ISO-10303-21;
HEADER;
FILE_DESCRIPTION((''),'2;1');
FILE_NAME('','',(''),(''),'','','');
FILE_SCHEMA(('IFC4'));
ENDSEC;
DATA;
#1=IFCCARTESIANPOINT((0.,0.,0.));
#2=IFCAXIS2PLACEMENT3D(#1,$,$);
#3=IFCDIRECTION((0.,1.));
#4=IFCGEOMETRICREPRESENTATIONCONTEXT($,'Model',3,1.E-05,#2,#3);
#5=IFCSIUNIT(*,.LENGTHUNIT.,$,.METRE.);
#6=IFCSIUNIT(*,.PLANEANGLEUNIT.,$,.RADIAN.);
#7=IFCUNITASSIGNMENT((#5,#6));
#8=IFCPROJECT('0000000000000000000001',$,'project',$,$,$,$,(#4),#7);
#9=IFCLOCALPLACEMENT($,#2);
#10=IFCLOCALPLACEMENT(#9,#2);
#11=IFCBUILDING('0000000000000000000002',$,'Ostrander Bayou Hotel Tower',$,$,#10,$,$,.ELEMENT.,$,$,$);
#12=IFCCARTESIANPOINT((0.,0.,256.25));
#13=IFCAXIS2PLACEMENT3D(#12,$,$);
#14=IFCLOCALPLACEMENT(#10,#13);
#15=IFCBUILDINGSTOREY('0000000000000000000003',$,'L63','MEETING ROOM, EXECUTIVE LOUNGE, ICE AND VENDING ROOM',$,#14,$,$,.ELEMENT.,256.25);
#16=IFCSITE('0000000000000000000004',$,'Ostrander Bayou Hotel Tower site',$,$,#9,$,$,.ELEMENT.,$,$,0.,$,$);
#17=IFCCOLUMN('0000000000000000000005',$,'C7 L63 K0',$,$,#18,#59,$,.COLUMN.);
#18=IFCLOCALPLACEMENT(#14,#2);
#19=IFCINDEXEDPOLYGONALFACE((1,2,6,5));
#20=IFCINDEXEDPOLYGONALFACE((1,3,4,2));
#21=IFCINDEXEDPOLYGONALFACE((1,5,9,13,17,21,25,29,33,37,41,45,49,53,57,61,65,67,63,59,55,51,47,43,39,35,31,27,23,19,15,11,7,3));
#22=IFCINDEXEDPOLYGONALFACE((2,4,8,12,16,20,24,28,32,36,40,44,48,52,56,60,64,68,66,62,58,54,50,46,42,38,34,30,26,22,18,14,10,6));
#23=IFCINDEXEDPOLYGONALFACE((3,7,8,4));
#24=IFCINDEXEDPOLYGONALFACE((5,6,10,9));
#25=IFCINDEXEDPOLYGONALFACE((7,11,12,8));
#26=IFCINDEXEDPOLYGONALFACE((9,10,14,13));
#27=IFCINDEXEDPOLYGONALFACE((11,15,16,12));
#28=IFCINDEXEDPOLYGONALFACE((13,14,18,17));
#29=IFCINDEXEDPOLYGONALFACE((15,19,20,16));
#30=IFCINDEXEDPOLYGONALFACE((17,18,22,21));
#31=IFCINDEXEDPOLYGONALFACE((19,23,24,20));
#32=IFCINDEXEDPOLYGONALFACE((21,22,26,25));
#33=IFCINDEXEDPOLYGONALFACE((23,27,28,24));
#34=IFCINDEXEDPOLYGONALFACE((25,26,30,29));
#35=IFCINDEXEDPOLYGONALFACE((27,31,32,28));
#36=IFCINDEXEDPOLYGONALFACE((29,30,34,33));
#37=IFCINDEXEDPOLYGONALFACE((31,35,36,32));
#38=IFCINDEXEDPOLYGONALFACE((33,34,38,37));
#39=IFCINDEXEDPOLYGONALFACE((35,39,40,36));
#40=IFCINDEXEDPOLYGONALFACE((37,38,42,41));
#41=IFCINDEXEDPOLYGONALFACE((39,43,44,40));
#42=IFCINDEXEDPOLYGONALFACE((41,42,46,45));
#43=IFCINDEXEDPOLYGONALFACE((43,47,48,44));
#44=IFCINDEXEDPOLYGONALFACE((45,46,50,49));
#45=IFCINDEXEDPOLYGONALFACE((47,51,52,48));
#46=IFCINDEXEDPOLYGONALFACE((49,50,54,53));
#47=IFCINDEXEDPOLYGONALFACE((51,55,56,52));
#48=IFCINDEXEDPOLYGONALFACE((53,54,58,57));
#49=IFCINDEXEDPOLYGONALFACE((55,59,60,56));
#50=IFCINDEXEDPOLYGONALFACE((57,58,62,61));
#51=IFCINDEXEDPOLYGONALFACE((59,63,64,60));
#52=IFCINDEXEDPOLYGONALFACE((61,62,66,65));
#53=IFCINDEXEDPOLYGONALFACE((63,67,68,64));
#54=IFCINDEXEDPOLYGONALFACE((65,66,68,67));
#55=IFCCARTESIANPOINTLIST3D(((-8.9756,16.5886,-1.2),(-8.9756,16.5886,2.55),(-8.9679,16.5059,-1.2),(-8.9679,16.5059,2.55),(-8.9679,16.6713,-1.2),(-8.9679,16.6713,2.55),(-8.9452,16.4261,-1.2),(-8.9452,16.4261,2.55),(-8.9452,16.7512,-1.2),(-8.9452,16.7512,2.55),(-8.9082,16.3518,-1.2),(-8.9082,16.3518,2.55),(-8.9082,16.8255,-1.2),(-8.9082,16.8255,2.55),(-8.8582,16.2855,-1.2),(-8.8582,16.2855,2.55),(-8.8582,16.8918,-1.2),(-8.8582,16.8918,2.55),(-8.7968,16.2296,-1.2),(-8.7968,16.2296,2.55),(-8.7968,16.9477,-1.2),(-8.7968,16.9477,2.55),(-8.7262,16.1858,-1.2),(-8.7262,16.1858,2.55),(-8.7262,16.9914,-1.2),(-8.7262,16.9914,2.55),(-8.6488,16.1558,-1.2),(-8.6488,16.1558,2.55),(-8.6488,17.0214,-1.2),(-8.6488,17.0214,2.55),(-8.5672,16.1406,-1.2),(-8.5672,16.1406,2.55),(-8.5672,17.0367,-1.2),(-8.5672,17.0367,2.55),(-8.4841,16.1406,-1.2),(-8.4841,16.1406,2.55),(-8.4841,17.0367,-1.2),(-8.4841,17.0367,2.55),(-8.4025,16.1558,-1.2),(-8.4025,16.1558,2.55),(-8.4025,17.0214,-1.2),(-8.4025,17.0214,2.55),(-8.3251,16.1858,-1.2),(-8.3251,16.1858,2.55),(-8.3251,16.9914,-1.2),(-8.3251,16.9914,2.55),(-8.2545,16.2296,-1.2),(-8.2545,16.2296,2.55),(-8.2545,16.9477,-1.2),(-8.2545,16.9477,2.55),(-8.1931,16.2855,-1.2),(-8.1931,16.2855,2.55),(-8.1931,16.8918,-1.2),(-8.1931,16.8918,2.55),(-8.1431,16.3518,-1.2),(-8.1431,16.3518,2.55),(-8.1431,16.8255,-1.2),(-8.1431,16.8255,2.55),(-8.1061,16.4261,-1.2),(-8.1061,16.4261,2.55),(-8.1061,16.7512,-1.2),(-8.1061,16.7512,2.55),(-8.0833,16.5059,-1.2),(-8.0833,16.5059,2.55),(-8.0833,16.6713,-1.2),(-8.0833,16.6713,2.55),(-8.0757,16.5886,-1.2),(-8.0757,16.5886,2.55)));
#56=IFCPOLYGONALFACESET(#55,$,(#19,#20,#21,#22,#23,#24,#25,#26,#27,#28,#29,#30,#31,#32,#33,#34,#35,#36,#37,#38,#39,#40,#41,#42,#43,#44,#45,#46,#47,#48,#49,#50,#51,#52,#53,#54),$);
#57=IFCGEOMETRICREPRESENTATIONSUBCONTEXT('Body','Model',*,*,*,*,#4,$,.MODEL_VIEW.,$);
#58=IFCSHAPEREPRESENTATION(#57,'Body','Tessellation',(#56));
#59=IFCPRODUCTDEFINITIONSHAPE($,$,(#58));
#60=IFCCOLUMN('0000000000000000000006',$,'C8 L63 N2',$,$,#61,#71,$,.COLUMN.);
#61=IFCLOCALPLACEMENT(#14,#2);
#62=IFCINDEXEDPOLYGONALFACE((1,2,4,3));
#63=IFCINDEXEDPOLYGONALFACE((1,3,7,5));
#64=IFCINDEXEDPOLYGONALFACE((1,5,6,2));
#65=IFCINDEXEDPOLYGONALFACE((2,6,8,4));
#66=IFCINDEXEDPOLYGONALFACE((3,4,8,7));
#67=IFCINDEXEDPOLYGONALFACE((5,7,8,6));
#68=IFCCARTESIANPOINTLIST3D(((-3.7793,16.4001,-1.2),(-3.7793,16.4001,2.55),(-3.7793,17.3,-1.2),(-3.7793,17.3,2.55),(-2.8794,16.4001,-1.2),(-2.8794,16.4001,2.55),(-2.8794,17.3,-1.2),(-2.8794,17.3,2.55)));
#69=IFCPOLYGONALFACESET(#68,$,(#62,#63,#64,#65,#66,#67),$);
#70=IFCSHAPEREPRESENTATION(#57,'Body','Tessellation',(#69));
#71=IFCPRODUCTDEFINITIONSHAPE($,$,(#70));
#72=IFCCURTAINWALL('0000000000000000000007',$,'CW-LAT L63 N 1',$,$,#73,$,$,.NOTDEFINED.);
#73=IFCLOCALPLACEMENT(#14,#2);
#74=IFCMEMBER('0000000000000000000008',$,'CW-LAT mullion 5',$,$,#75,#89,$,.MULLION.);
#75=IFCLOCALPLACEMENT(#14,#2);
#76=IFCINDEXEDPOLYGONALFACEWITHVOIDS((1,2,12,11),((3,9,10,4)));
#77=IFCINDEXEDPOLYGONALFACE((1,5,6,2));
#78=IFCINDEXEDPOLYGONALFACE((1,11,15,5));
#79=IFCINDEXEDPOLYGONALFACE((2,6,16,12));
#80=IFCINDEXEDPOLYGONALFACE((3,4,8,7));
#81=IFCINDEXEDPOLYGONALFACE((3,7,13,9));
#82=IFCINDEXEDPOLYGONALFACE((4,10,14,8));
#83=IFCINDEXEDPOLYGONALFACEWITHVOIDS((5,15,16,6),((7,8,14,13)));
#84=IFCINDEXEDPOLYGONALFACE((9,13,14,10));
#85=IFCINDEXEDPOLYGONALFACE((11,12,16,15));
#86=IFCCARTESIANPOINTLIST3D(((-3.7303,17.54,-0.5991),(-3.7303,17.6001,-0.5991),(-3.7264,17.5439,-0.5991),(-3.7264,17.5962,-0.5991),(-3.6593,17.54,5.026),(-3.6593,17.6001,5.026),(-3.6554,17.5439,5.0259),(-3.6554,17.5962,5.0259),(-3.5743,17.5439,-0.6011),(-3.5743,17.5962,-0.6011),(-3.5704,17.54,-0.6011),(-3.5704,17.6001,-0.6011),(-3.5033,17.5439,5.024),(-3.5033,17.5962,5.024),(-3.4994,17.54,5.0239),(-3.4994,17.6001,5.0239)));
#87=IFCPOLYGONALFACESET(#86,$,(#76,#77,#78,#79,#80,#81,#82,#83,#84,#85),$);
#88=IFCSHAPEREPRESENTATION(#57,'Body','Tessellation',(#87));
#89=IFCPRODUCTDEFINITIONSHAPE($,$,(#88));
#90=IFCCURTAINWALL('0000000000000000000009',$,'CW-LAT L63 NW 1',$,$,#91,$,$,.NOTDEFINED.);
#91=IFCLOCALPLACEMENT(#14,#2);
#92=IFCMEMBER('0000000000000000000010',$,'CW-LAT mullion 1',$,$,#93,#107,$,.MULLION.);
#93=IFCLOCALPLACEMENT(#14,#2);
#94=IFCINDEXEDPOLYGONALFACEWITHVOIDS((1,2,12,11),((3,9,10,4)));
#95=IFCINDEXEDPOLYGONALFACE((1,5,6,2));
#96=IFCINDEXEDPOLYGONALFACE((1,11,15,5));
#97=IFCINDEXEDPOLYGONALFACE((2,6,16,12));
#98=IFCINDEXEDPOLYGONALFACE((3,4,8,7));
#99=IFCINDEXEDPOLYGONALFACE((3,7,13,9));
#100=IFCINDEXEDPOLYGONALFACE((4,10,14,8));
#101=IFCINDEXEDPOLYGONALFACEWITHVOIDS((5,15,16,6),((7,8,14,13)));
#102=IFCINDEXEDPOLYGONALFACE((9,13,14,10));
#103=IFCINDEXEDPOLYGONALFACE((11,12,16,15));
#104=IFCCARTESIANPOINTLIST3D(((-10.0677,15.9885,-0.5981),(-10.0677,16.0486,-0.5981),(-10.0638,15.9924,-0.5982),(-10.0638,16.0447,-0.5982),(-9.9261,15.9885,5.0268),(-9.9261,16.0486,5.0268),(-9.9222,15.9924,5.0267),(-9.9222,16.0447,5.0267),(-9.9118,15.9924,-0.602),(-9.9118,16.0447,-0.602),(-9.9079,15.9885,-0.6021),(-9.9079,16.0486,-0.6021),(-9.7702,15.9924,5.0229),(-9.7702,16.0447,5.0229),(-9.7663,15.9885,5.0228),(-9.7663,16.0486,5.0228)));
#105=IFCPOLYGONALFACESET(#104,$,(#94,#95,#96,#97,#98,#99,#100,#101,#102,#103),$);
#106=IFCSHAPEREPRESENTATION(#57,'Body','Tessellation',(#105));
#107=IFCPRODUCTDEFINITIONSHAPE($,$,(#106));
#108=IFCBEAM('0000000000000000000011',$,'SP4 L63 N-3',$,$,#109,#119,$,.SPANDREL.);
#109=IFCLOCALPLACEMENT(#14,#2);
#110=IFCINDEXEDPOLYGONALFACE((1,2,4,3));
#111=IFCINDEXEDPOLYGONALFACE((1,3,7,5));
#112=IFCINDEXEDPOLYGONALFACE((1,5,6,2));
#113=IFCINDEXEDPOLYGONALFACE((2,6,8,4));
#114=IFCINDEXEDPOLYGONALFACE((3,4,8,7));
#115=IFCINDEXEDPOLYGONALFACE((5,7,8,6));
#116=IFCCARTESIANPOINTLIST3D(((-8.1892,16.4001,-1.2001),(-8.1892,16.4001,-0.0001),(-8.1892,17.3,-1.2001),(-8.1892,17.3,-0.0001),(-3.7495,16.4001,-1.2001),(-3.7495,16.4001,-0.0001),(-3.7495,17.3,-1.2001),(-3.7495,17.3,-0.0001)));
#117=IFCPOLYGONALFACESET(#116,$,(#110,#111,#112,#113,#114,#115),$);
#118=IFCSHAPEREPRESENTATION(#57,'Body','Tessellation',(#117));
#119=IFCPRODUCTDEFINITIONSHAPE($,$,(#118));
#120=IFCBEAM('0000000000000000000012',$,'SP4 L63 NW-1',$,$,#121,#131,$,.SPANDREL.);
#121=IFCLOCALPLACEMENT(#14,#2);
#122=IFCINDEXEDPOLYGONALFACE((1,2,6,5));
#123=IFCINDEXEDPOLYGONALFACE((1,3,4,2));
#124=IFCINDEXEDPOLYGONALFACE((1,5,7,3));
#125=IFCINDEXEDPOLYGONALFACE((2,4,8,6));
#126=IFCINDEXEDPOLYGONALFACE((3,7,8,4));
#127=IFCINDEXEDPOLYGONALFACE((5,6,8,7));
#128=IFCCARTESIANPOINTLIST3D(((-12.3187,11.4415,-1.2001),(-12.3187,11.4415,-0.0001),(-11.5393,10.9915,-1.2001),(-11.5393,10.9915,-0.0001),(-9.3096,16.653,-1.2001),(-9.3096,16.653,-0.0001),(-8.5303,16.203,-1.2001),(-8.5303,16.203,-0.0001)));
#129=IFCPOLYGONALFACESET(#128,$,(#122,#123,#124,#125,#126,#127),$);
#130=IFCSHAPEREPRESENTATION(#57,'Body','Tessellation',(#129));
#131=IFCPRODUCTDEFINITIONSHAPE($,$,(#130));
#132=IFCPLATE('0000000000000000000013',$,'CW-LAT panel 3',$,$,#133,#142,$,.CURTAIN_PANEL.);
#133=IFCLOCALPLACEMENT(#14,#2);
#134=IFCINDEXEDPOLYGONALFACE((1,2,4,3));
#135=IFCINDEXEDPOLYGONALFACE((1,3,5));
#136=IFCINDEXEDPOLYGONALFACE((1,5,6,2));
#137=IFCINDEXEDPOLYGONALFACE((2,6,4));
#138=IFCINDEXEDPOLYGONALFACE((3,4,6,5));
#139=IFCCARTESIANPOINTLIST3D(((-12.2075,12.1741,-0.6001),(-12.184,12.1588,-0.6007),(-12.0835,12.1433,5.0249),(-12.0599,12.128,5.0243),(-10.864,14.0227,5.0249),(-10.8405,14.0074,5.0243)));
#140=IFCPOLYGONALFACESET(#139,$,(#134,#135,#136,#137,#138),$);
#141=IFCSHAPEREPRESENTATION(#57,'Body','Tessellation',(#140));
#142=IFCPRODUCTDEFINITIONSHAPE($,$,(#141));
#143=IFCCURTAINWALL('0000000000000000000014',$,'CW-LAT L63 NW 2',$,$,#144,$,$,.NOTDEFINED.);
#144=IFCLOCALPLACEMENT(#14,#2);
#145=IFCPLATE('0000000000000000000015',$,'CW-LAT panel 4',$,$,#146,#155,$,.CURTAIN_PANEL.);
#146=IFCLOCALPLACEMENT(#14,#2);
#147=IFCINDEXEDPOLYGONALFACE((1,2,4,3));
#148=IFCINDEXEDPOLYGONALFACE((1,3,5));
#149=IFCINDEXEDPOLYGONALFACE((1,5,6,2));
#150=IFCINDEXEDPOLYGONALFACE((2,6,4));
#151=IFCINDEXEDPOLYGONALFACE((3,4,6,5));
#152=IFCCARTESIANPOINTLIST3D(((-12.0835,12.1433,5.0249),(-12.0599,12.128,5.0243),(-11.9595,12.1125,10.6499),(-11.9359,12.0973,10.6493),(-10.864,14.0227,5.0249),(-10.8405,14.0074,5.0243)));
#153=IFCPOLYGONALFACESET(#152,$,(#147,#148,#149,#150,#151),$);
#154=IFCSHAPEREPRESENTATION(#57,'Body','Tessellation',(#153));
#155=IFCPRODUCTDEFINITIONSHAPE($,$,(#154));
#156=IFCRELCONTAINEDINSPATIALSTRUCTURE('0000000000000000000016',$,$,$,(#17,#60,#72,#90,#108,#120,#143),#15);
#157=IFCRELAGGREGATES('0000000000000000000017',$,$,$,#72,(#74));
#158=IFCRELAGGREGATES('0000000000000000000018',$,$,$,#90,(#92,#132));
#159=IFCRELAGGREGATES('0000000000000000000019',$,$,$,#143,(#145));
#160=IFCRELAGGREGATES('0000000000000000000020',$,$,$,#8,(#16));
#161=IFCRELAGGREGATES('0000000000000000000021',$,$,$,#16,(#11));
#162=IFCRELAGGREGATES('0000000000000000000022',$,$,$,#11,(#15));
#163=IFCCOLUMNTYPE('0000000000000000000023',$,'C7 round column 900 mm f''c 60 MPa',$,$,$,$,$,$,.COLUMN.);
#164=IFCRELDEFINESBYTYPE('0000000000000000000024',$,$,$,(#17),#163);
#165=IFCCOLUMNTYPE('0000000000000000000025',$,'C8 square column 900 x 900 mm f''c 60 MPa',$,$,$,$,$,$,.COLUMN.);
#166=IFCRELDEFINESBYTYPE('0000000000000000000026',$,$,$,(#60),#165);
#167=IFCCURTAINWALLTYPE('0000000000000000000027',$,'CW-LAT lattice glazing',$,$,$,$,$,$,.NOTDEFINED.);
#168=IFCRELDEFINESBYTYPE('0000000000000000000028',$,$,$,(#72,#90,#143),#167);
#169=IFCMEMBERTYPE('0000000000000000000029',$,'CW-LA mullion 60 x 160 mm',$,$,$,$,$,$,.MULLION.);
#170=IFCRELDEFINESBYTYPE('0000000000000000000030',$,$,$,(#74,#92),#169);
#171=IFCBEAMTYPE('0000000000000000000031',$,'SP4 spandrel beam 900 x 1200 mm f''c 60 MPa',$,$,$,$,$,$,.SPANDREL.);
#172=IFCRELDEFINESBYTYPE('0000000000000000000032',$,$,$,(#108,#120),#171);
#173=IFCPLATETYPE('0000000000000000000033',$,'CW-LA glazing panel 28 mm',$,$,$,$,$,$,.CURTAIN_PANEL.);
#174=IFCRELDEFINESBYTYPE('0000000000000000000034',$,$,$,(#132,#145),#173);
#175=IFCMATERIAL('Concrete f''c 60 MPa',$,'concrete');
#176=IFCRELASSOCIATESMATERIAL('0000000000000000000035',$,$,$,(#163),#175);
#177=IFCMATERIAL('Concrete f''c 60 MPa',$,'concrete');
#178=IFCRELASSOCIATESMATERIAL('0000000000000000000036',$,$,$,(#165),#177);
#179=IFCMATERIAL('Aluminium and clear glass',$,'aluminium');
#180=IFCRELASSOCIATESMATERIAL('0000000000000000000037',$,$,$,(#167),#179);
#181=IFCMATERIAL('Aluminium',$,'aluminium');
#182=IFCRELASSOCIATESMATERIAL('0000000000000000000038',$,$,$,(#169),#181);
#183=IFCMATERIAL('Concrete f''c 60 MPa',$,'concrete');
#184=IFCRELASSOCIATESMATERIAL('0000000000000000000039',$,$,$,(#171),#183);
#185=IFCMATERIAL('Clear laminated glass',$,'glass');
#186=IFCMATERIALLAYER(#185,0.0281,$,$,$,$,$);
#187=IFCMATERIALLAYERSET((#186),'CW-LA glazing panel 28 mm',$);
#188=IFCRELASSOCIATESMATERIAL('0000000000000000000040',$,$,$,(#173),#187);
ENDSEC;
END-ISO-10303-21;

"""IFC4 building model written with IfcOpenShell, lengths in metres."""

from ifc_helpers import new_model, si_unit, direction, frame, origin, origin_2d, place, context, subcontext, project, spatial, polyline, rectangle, hollow_rectangle, circle, outline, extrude, material, layer, layer_set, material_profile, profile_set, type_object, element, aggregate, save


model = new_model("IFC4")

# Units and contexts
model_context = context("Model", 3, precision=1e-05, world=origin(), true_north=direction((0.0, 1.0)))
body_context = subcontext(model_context, "Body", "Model", "MODEL_VIEW")
ifc_project = project(units=[si_unit("LENGTHUNIT", "METRE"), si_unit("PLANEANGLEUNIT", "RADIAN")], contexts=[model_context])

# Site, building, storey
site_placement = place(None, origin())
site = spatial("IfcSite", under=ifc_project, at=site_placement, Name="Ostrander Bayou Hotel Tower site", CompositionType="ELEMENT", RefElevation=0.0)
building_placement = place(site_placement, origin())
building = spatial("IfcBuilding", under=site, at=building_placement, Name="Ostrander Bayou Hotel Tower", CompositionType="ELEMENT")
storey_placement = place(building_placement, frame((0.0, 0.0, 256.25)))
storey = spatial("IfcBuildingStorey", under=building, at=storey_placement, Name="L63", Description="MEETING ROOM, EXECUTIVE LOUNGE, ICE AND VENDING ROOM", CompositionType="ELEMENT", Elevation=256.25)

# Columns
ifc_material_1 = material(Name="Concrete f'c 60 MPa", Category="concrete")
ifc_material_profile_1 = material_profile(ifc_material_1, circle(Radius=0.45, at=origin_2d()))
ifc_profile_set_1 = profile_set([ifc_material_profile_1], Name="Concrete f'c 60 MPa")
column_type_1 = type_object("IfcColumnType", Name="C7 round column 900 mm f'c 60 MPa", PredefinedType="COLUMN", material=ifc_profile_set_1)
column_1_placement = place(storey_placement, frame((-8.5256, 16.5886, -1.2), z_axis=(0.0, 0.0, 1.0), x_axis=(1.0, 0.0, 0.0)))
element("IfcColumn", 1, at=column_1_placement, inside=storey, type_object=column_type_1, Name="C7 L63 K0", PredefinedType="COLUMN", context=body_context, shape_type="SweptSolid", body=[
    extrude(circle(Radius=0.45, at=origin_2d()), origin(), (0.0, 0.0, 1.0), 3.75),
])
ifc_material_2 = material(Name="Concrete f'c 60 MPa", Category="concrete")
ifc_material_profile_2 = material_profile(ifc_material_2, rectangle(XDim=0.8999, YDim=0.8999, at=origin_2d()))
ifc_profile_set_2 = profile_set([ifc_material_profile_2], Name="Concrete f'c 60 MPa")
column_type_2 = type_object("IfcColumnType", Name="C8 square column 900 x 900 mm f'c 60 MPa", PredefinedType="COLUMN", material=ifc_profile_set_2)
column_2_placement = place(storey_placement, frame((-3.3293, 16.8501, -1.2), z_axis=(0.0, 0.0, 1.0), x_axis=(1.0, 0.0, 0.0)))
element("IfcColumn", 2, at=column_2_placement, inside=storey, type_object=column_type_2, Name="C8 L63 N2", PredefinedType="COLUMN", context=body_context, shape_type="SweptSolid", body=[
    extrude(rectangle(XDim=0.8999, YDim=0.8999, at=origin_2d()), origin(), (0.0, 0.0, 1.0), 3.75),
])

# Curtain walls, members
ifc_material_3 = material(Name="Aluminium and clear glass", Category="aluminium")
curtain_wall_type = type_object("IfcCurtainWallType", Name="CW-LAT lattice glazing", PredefinedType="NOTDEFINED", material=ifc_material_3)
curtain_wall_1_placement = place(storey_placement, origin())
curtain_wall_1 = element("IfcCurtainWall", 3, at=curtain_wall_1_placement, inside=storey, type_object=curtain_wall_type, Name="CW-LAT L63 N 1", PredefinedType="NOTDEFINED")
ifc_material_4 = material(Name="Aluminium", Category="aluminium")
ifc_material_profile_3 = material_profile(ifc_material_4, hollow_rectangle(XDim=0.0601, YDim=0.1599, WallThickness=0.0039, at=origin_2d()))
ifc_profile_set_3 = profile_set([ifc_material_profile_3], Name="Aluminium")
member_type = type_object("IfcMemberType", Name="CW-LA mullion 60 x 160 mm", PredefinedType="MULLION", material=ifc_profile_set_3)
member_1_placement = place(storey_placement, frame((-3.6504, 17.5701, -0.6001), z_axis=(0.012629, 0.0, 0.99992), x_axis=(0.0, 1.0, 0.0)))
member_1 = element("IfcMember", 4, at=member_1_placement, type_object=member_type, Name="CW-LAT mullion 5", PredefinedType="MULLION", context=body_context, shape_type="SweptSolid", body=[
    extrude(hollow_rectangle(XDim=0.0601, YDim=0.1599, WallThickness=0.0039, at=origin_2d()), origin(), (0.0, 0.0, 1.0), 5.6255),
])
aggregate(curtain_wall_1, [member_1])
curtain_wall_2_placement = place(storey_placement, origin())
curtain_wall_2 = element("IfcCurtainWall", 5, at=curtain_wall_2_placement, inside=storey, type_object=curtain_wall_type, Name="CW-LAT L63 NW 1", PredefinedType="NOTDEFINED")
member_2_placement = place(storey_placement, frame((-9.9878, 16.0186, -0.6001), z_axis=(0.025166, 0.0, 0.999683), x_axis=(0.0, 1.0, 0.0)))
member_2 = element("IfcMember", 6, at=member_2_placement, type_object=member_type, Name="CW-LAT mullion 1", PredefinedType="MULLION", context=body_context, shape_type="SweptSolid", body=[
    extrude(hollow_rectangle(XDim=0.0601, YDim=0.1599, WallThickness=0.0039, at=origin_2d()), origin(), (0.0, 0.0, 1.0), 5.6267),
])

# Beams
ifc_material_5 = material(Name="Concrete f'c 60 MPa", Category="concrete")
ifc_material_profile_4 = material_profile(ifc_material_5, rectangle(XDim=0.8999, YDim=1.2, at=origin_2d()))
ifc_profile_set_4 = profile_set([ifc_material_profile_4], Name="Concrete f'c 60 MPa")
beam_type = type_object("IfcBeamType", Name="SP4 spandrel beam 900 x 1200 mm f'c 60 MPa", PredefinedType="SPANDREL", material=ifc_profile_set_4)
beam_1_placement = place(storey_placement, frame((-3.7495, 16.8501, -0.6001), z_axis=(-1.0, 0.0, 0.0), x_axis=(0.0, -1.0, 0.0)))
element("IfcBeam", 7, at=beam_1_placement, inside=storey, type_object=beam_type, Name="SP4 L63 N-3", PredefinedType="SPANDREL", context=body_context, shape_type="SweptSolid", body=[
    extrude(rectangle(XDim=0.8999, YDim=1.2, at=origin_2d()), origin(), (0.0, 0.0, 1.0), 4.4397),
])
beam_2_placement = place(storey_placement, frame((-8.9199, 16.428, -0.6001), z_axis=(-0.500027, -0.86601, 0.0), x_axis=(0.86601, -0.500027, 0.0)))
element("IfcBeam", 8, at=beam_2_placement, inside=storey, type_object=beam_type, Name="SP4 L63 NW-1", PredefinedType="SPANDREL", context=body_context, shape_type="SweptSolid", body=[
    extrude(rectangle(XDim=0.8999, YDim=1.2, at=origin_2d()), origin(), (0.0, 0.0, 1.0), 6.0178),
])

# Plate
ifc_material_6 = material(Name="Clear laminated glass", Category="glass")
ifc_layer_1 = layer(ifc_material_6, 0.0281)
ifc_layer_set_1 = layer_set([ifc_layer_1], Name="CW-LA glazing panel 28 mm")
plate_type = type_object("IfcPlateType", Name="CW-LA glazing panel 28 mm", PredefinedType="CURTAIN_PANEL", material=ifc_layer_set_1)
plate_1_placement = place(storey_placement, frame((-10.864, 14.0227, 5.0249), z_axis=(-0.838683, 0.544196, 0.021468), x_axis=(-0.221281, -0.304477, -0.92646)))
plate_1 = element("IfcPlate", 9, at=plate_1_placement, type_object=plate_type, Name="CW-LAT panel 3", PredefinedType="CURTAIN_PANEL", context=body_context, shape_type="SweptSolid", body=[
    extrude(outline(polyline([(0.0, 0.0), (6.0715, 0.0), (0.8421, 2.0761), (0.0, 0.0)])), origin(), (0.0, 0.0, -1.0), 0.0281),
])
aggregate(curtain_wall_2, [member_2, plate_1])

# Curtain wall, plate
curtain_wall_3_placement = place(storey_placement, origin())
curtain_wall_3 = element("IfcCurtainWall", 10, at=curtain_wall_3_placement, inside=storey, type_object=curtain_wall_type, Name="CW-LAT L63 NW 2", PredefinedType="NOTDEFINED")
plate_2_placement = place(storey_placement, frame((-10.864, 14.0227, 5.0249), z_axis=(-0.838683, 0.544196, 0.021468), x_axis=(-0.181348, -0.316217, 0.931192)))
plate_2 = element("IfcPlate", 11, at=plate_2_placement, type_object=plate_type, Name="CW-LAT panel 4", PredefinedType="CURTAIN_PANEL", context=body_context, shape_type="SweptSolid", body=[
    extrude(outline(polyline([(0.0, 0.0), (6.0406, 0.0), (0.8154, -2.0867), (0.0, 0.0)])), origin(), (0.0, 0.0, -1.0), 0.0281),
])
aggregate(curtain_wall_3, [plate_2])

save(model, "model.ifc")
